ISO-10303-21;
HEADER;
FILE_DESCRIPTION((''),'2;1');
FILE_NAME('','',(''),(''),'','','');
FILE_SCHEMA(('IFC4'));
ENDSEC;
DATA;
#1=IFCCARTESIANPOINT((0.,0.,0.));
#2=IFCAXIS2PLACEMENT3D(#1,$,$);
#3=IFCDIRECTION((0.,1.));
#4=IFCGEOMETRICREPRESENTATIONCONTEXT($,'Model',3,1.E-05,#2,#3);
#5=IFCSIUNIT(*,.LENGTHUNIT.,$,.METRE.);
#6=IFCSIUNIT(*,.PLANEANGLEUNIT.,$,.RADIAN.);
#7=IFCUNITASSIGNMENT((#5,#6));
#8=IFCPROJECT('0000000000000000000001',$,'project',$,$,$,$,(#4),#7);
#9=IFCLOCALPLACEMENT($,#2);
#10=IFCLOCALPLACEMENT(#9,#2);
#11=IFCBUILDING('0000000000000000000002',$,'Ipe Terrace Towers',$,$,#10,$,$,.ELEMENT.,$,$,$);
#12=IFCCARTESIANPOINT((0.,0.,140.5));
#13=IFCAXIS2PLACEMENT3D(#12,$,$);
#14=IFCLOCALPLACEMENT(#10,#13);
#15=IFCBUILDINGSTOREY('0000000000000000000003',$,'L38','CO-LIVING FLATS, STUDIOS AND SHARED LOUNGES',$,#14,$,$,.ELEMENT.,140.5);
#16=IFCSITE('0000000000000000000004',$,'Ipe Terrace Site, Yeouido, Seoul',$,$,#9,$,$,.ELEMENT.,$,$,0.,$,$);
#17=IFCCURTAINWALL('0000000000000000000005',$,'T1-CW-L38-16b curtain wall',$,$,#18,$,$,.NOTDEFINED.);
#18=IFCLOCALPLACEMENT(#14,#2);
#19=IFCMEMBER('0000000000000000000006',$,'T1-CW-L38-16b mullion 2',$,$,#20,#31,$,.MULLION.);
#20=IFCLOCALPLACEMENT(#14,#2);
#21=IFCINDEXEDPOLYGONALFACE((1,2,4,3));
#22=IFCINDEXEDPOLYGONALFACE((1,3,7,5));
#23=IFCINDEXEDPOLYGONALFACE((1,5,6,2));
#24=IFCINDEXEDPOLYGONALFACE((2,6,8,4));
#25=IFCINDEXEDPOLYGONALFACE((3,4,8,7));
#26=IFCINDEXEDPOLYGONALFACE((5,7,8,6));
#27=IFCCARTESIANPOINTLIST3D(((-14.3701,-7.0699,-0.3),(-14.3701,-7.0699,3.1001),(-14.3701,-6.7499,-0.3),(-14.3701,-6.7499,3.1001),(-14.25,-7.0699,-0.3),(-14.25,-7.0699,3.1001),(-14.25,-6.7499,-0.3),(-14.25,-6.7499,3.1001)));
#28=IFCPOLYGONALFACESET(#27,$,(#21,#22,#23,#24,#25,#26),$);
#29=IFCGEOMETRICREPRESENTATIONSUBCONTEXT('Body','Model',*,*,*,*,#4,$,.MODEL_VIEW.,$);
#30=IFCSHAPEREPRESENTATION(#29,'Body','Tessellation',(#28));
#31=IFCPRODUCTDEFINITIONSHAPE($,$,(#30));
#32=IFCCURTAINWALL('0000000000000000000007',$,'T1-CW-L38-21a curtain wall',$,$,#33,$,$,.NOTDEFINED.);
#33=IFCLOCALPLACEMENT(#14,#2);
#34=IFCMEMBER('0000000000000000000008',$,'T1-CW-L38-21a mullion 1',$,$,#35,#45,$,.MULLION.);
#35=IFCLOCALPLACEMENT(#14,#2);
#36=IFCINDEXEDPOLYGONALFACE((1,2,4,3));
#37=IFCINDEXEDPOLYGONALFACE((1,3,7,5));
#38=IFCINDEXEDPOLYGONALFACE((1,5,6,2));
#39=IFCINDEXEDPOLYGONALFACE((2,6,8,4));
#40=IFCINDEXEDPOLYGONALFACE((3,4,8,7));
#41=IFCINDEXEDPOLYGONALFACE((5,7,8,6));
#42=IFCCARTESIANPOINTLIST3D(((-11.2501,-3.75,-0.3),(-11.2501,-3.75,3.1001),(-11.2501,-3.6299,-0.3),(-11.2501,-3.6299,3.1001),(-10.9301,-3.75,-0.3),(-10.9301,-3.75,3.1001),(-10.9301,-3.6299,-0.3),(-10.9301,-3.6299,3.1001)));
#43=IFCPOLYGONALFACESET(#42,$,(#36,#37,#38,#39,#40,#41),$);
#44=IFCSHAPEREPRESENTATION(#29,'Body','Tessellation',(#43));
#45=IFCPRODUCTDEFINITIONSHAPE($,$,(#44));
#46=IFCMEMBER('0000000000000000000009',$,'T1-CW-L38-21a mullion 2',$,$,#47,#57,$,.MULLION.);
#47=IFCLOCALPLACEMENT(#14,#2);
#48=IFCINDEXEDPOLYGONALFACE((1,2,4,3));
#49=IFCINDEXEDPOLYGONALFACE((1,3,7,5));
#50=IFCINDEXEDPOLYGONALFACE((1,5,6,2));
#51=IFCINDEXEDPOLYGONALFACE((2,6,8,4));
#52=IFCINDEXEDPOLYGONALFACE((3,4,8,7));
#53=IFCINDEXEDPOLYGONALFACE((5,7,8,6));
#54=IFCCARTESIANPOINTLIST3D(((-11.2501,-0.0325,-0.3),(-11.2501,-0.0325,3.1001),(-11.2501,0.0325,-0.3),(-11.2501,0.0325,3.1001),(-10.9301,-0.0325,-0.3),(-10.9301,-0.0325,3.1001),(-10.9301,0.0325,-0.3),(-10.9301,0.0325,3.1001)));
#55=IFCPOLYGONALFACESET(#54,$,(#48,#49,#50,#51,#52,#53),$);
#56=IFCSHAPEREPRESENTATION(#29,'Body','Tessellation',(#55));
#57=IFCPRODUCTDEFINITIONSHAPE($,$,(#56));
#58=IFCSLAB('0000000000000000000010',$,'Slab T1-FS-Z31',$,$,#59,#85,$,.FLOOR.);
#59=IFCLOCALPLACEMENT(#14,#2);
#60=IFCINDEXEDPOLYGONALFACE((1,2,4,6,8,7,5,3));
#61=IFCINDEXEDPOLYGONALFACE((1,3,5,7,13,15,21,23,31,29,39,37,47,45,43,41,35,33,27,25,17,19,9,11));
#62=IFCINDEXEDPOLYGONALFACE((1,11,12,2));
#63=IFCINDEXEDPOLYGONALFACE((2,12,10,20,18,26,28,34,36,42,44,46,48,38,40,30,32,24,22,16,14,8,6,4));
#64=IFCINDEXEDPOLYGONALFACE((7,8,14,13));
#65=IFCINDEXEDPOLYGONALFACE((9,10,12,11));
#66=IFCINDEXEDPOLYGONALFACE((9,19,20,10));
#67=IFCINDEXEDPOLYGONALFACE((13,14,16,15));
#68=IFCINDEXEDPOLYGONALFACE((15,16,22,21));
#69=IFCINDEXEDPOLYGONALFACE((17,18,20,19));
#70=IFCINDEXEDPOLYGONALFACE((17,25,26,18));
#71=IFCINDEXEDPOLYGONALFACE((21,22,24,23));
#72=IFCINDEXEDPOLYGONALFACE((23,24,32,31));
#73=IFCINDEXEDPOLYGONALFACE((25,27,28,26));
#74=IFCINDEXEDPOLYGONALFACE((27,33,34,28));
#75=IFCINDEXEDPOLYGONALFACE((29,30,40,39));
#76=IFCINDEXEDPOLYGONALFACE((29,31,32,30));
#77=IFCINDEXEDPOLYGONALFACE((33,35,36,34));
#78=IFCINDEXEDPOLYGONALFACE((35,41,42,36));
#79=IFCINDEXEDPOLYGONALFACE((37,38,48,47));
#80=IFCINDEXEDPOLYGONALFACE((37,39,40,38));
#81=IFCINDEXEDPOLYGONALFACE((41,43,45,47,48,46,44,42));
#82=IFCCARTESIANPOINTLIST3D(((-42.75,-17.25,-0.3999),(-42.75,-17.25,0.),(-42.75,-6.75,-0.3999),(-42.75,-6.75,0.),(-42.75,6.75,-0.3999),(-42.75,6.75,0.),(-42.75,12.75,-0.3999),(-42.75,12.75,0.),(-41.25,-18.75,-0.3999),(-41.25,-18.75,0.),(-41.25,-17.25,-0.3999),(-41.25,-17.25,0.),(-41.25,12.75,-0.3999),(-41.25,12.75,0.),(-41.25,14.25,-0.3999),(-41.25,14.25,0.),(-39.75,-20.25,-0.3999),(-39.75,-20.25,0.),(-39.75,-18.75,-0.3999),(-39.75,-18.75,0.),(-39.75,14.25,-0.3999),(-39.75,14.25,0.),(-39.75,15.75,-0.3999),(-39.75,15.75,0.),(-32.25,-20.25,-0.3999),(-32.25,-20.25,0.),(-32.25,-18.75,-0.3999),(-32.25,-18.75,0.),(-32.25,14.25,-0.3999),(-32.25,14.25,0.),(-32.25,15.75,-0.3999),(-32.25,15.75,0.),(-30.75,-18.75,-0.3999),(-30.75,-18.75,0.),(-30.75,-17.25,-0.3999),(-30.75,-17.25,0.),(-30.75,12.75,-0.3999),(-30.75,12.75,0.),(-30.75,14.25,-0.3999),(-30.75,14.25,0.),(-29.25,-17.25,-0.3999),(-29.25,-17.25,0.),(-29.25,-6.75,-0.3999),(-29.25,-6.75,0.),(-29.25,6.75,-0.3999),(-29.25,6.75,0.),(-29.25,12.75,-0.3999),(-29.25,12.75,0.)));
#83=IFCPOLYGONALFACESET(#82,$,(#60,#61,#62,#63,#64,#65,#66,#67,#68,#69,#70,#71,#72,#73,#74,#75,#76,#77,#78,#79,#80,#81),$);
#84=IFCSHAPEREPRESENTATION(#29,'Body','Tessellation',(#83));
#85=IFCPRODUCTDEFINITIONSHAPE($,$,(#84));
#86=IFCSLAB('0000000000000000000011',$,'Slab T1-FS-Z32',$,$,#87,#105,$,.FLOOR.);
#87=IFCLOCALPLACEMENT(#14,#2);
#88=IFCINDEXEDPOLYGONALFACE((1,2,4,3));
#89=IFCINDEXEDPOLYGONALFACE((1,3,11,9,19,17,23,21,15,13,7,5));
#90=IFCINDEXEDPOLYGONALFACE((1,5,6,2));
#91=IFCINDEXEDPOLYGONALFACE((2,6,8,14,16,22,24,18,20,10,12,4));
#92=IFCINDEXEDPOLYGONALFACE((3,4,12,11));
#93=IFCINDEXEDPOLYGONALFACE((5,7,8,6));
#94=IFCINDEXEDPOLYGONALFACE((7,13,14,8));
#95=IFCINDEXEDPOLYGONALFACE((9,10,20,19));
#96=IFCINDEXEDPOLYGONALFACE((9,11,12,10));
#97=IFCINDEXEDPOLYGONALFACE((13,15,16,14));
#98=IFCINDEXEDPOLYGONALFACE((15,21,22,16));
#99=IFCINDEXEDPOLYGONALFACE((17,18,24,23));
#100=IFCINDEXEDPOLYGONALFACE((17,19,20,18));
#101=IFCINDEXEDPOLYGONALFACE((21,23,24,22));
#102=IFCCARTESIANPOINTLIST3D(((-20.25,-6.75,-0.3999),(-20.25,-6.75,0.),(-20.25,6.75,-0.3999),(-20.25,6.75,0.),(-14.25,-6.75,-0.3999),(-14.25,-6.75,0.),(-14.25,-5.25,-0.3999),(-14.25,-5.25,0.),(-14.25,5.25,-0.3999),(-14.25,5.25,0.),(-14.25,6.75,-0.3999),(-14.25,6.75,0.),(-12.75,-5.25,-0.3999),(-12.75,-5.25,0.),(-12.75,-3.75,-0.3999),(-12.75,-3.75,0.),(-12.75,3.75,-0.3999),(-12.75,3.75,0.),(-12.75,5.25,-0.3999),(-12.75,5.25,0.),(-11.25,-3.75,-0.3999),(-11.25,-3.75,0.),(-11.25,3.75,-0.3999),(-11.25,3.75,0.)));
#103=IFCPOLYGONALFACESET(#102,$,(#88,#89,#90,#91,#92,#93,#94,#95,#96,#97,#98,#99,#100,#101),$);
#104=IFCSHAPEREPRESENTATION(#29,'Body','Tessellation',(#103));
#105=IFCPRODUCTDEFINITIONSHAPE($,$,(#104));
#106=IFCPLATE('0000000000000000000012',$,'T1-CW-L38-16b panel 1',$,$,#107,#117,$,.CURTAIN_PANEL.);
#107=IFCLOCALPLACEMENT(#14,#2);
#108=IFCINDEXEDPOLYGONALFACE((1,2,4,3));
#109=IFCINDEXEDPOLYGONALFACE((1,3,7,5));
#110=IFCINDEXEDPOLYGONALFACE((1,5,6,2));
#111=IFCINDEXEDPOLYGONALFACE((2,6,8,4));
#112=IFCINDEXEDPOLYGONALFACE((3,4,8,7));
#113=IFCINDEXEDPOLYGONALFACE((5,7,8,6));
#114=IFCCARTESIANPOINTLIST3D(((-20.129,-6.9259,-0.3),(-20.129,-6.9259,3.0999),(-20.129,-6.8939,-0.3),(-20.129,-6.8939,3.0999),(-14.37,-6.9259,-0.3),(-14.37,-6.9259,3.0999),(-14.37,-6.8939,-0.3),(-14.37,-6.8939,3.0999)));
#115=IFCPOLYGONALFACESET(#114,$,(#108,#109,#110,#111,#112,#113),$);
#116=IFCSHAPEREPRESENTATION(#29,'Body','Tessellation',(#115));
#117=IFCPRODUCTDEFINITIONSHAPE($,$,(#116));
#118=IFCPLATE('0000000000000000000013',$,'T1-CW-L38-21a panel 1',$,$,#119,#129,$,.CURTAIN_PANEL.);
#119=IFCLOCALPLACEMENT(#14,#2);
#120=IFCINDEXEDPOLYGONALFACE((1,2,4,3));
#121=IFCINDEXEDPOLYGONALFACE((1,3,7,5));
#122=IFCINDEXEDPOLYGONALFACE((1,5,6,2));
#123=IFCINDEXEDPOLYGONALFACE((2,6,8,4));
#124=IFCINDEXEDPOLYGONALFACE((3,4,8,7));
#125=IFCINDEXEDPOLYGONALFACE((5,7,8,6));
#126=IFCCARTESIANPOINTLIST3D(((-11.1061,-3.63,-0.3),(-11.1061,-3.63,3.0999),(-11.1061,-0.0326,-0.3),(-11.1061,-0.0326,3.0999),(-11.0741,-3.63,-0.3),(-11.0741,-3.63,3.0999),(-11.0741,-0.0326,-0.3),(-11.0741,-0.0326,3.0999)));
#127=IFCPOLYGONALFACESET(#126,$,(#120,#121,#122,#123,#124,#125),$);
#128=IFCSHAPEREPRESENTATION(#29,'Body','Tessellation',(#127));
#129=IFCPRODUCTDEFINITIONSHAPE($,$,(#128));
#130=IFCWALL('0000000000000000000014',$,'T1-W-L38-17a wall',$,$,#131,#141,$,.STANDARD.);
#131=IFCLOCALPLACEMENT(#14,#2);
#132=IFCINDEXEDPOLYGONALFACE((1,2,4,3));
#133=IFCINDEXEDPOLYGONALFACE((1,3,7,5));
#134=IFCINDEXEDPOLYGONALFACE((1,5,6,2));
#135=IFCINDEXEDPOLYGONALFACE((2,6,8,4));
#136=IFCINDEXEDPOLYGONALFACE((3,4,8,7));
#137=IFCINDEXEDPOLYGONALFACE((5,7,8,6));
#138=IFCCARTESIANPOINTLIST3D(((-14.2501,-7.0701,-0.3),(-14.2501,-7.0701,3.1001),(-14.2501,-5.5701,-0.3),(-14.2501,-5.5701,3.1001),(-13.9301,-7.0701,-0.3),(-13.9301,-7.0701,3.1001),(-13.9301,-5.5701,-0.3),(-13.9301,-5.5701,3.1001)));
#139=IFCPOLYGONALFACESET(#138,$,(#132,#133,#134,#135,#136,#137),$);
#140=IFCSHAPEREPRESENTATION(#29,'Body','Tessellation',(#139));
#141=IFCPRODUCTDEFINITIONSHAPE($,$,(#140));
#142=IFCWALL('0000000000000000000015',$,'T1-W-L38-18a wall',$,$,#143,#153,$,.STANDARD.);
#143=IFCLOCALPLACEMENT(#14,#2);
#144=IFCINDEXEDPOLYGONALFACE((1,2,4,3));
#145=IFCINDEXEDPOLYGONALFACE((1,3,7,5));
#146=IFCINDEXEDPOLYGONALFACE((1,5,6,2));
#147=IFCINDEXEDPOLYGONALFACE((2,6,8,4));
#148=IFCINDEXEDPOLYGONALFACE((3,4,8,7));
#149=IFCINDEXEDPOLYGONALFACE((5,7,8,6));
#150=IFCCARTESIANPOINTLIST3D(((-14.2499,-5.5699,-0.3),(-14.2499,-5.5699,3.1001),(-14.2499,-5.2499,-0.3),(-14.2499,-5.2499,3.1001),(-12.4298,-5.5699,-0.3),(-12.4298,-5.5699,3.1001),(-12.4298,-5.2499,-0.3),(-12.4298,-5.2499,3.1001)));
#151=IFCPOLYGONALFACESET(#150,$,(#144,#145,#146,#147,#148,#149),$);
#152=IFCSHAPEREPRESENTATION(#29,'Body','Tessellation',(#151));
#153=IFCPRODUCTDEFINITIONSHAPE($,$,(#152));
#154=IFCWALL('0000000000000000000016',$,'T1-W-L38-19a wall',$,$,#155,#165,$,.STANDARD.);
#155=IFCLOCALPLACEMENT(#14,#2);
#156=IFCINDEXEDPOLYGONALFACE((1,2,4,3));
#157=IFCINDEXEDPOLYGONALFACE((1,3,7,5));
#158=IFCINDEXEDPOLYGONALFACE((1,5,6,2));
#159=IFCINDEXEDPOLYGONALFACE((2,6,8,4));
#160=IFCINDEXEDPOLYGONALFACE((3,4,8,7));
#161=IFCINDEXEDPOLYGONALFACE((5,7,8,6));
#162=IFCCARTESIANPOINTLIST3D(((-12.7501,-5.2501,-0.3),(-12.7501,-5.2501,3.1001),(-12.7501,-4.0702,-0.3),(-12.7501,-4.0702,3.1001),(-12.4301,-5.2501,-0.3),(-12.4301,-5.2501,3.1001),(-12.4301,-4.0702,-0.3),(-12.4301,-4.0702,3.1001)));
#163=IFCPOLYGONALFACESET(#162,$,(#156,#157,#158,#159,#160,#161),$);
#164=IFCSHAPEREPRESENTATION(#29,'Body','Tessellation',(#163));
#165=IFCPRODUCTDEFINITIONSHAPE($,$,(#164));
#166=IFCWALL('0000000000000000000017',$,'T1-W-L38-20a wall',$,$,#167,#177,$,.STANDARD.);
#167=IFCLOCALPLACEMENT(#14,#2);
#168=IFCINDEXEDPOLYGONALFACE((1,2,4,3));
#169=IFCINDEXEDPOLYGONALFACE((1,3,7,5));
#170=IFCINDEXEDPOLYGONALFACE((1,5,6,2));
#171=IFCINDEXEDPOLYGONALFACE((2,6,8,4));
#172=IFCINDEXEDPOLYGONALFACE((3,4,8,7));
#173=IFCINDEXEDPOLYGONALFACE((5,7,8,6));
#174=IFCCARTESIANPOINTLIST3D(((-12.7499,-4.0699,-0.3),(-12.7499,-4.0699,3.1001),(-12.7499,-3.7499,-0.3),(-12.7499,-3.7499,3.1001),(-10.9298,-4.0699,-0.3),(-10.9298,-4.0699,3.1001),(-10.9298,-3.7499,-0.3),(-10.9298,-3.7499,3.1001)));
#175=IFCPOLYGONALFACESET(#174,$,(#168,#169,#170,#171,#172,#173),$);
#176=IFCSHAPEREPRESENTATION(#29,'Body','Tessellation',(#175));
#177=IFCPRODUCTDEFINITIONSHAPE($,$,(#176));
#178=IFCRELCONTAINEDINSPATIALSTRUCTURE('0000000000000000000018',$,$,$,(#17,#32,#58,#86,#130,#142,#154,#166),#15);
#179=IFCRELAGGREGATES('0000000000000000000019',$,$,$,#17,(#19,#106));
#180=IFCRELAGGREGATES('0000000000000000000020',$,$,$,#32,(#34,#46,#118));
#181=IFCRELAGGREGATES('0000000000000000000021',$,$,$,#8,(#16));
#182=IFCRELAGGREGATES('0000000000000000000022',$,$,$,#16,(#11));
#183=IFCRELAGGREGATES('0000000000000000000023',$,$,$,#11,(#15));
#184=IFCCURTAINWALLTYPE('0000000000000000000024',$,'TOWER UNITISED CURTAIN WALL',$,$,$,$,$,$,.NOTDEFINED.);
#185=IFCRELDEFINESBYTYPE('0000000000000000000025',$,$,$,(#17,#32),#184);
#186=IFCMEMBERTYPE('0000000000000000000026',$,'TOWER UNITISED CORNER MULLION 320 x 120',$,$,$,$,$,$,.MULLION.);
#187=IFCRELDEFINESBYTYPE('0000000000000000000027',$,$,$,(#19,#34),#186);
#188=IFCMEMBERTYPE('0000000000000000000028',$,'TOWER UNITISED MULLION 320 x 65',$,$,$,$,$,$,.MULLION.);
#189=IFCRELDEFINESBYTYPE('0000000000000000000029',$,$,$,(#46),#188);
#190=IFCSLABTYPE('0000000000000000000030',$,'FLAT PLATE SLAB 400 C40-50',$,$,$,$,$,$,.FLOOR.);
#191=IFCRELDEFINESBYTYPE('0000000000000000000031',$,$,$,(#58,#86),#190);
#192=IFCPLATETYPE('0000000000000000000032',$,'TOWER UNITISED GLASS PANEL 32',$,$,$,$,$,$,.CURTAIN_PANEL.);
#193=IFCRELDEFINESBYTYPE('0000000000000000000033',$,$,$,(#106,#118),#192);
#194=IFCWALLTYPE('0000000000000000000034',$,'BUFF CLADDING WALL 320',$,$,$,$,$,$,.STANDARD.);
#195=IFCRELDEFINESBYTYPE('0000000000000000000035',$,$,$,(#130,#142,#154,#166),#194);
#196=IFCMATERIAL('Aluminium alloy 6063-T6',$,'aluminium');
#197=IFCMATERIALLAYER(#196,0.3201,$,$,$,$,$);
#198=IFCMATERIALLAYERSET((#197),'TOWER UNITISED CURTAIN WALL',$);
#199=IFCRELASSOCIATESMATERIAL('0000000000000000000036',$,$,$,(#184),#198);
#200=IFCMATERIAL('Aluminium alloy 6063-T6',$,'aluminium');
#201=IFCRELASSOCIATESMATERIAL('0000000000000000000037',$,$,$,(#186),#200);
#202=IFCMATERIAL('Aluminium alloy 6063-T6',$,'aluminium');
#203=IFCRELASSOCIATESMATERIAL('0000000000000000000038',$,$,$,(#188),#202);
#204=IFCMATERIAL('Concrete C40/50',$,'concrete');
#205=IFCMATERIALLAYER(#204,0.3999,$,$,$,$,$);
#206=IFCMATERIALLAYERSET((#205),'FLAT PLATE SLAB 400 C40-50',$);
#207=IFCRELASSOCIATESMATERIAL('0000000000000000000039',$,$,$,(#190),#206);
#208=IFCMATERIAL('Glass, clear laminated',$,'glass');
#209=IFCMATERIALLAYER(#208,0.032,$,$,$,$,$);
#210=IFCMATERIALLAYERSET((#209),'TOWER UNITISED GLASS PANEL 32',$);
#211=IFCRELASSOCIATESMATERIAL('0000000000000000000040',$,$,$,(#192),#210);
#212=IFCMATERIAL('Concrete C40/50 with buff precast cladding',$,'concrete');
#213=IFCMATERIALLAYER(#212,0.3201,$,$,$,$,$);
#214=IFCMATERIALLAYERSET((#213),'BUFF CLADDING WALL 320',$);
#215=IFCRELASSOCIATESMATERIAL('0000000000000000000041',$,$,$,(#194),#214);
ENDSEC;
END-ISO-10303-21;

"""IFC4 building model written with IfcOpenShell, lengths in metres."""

from ifc_helpers import new_model, si_unit, direction, frame, frame_2d, origin, origin_2d, place, context, subcontext, project, spatial, polyline, rectangle, outline, extrude, material, layer, layer_set, material_profile, profile_set, type_object, element, aggregate, save


model = new_model("IFC4")

# Units and contexts
model_context = context("Model", 3, precision=1e-05, world=origin(), true_north=direction((0.0, 1.0)))
body_context = subcontext(model_context, "Body", "Model", "MODEL_VIEW")
ifc_project = project(units=[si_unit("LENGTHUNIT", "METRE"), si_unit("PLANEANGLEUNIT", "RADIAN")], contexts=[model_context])

# Site, building, storey
site_placement = place(None, origin())
site = spatial("IfcSite", under=ifc_project, at=site_placement, Name="Ipe Terrace Site, Yeouido, Seoul", CompositionType="ELEMENT", RefElevation=0.0)
building_placement = place(site_placement, origin())
building = spatial("IfcBuilding", under=site, at=building_placement, Name="Ipe Terrace Towers", CompositionType="ELEMENT")
storey_placement = place(building_placement, frame((0.0, 0.0, 140.5)))
storey = spatial("IfcBuildingStorey", under=building, at=storey_placement, Name="L38", Description="CO-LIVING FLATS, STUDIOS AND SHARED LOUNGES", CompositionType="ELEMENT", Elevation=140.5)

# Curtain walls, members
ifc_material_1 = material(Name="Aluminium alloy 6063-T6", Category="aluminium")
ifc_layer_1 = layer(ifc_material_1, 0.3201)
ifc_layer_set_1 = layer_set([ifc_layer_1], Name="TOWER UNITISED CURTAIN WALL")
curtain_wall_type = type_object("IfcCurtainWallType", Name="TOWER UNITISED CURTAIN WALL", PredefinedType="NOTDEFINED", material=ifc_layer_set_1)
curtain_wall_1_placement = place(storey_placement, origin())
curtain_wall_1 = element("IfcCurtainWall", 1, at=curtain_wall_1_placement, inside=storey, type_object=curtain_wall_type, Name="T1-CW-L38-16b curtain wall", PredefinedType="NOTDEFINED")
ifc_material_2 = material(Name="Aluminium alloy 6063-T6", Category="aluminium")
ifc_material_profile_1 = material_profile(ifc_material_2, rectangle(XDim=0.3201, YDim=0.1201, at=origin_2d()), Name="TOWER UNITISED CORNER MULLION 320 x 120")
ifc_profile_set_1 = profile_set([ifc_material_profile_1], Name="Aluminium alloy 6063-T6")
member_type_1 = type_object("IfcMemberType", Name="TOWER UNITISED CORNER MULLION 320 x 120", PredefinedType="MULLION", material=ifc_profile_set_1)
member_1_placement = place(storey_placement, frame((-14.3101, -6.9099, -0.3), z_axis=(0.0, 0.0, 1.0), x_axis=(0.0, -1.0, 0.0)))
member_1 = element("IfcMember", 2, at=member_1_placement, type_object=member_type_1, Name="T1-CW-L38-16b mullion 2", PredefinedType="MULLION", context=body_context, shape_type="SweptSolid", body=[
    extrude(rectangle(XDim=0.3201, YDim=0.1201, at=origin_2d()), origin(), (0.0, 0.0, 1.0), 3.4001),
])
curtain_wall_2_placement = place(storey_placement, origin())
curtain_wall_2 = element("IfcCurtainWall", 3, at=curtain_wall_2_placement, inside=storey, type_object=curtain_wall_type, Name="T1-CW-L38-21a curtain wall", PredefinedType="NOTDEFINED")
member_2_placement = place(storey_placement, frame((-11.0901, -3.6899, -0.3), z_axis=(0.0, 0.0, 1.0), x_axis=(1.0, 0.0, 0.0)))
member_2 = element("IfcMember", 4, at=member_2_placement, type_object=member_type_1, Name="T1-CW-L38-21a mullion 1", PredefinedType="MULLION", context=body_context, shape_type="SweptSolid", body=[
    extrude(rectangle(XDim=0.3201, YDim=0.1201, at=origin_2d()), origin(), (0.0, 0.0, 1.0), 3.4001),
])
ifc_material_3 = material(Name="Aluminium alloy 6063-T6", Category="aluminium")
ifc_material_profile_2 = material_profile(ifc_material_3, rectangle(XDim=0.3201, YDim=0.0649, at=origin_2d()), Name="TOWER UNITISED MULLION 320 x 65")
ifc_profile_set_2 = profile_set([ifc_material_profile_2], Name="Aluminium alloy 6063-T6")
member_type_2 = type_object("IfcMemberType", Name="TOWER UNITISED MULLION 320 x 65", PredefinedType="MULLION", material=ifc_profile_set_2)
member_3_placement = place(storey_placement, frame((-11.0901, 0.0, -0.3), z_axis=(0.0, 0.0, 1.0), x_axis=(1.0, 0.0, 0.0)))
member_3 = element("IfcMember", 5, at=member_3_placement, type_object=member_type_2, Name="T1-CW-L38-21a mullion 2", PredefinedType="MULLION", context=body_context, shape_type="SweptSolid", body=[
    extrude(rectangle(XDim=0.3201, YDim=0.0649, at=origin_2d()), origin(), (0.0, 0.0, 1.0), 3.4001),
])

# Slabs
ifc_material_4 = material(Name="Concrete C40/50", Category="concrete")
ifc_layer_2 = layer(ifc_material_4, 0.3999)
ifc_layer_set_2 = layer_set([ifc_layer_2], Name="FLAT PLATE SLAB 400 C40-50")
slab_type = type_object("IfcSlabType", Name="FLAT PLATE SLAB 400 C40-50", PredefinedType="FLOOR", material=ifc_layer_set_2)
slab_1_placement = place(storey_placement, frame((0.0, 0.0, -0.3999)))
element("IfcSlab", 6, at=slab_1_placement, inside=storey, type_object=slab_type, Name="Slab T1-FS-Z31", PredefinedType="FLOOR", context=body_context, shape_type="SweptSolid", body=[
    extrude(outline(polyline([(-30.75, -17.25), (-30.75, -18.75), (-32.25, -18.75), (-32.25, -20.25), (-39.75, -20.25), (-39.75, -18.75), (-41.25, -18.75), (-41.25, -17.25), (-42.75, -17.25), (-42.75, -6.75), (-42.75, 6.75), (-42.75, 12.75), (-41.25, 12.75), (-41.25, 14.25), (-39.75, 14.25), (-39.75, 15.75), (-32.25, 15.75), (-32.25, 14.25), (-30.75, 14.25), (-30.75, 12.75), (-29.25, 12.75), (-29.25, 6.75), (-29.25, -6.75), (-29.25, -17.25), (-30.75, -17.25)])), origin(), (0.0, 0.0, 1.0), 0.3999),
])
slab_2_placement = place(storey_placement, frame((0.0, 0.0, -0.3999)))
element("IfcSlab", 7, at=slab_2_placement, inside=storey, type_object=slab_type, Name="Slab T1-FS-Z32", PredefinedType="FLOOR", context=body_context, shape_type="SweptSolid", body=[
    extrude(outline(polyline([(-14.25, 5.25), (-12.75, 5.25), (-12.75, 3.75), (-11.25, 3.75), (-11.25, -3.75), (-12.75, -3.75), (-12.75, -5.25), (-14.25, -5.25), (-14.25, -6.75), (-20.25, -6.75), (-20.25, 6.75), (-14.25, 6.75), (-14.25, 5.25)])), origin(), (0.0, 0.0, 1.0), 0.3999),
])

# Plates
ifc_material_5 = material(Name="Glass, clear laminated", Category="glass")
ifc_layer_3 = layer(ifc_material_5, 0.032)
ifc_layer_set_3 = layer_set([ifc_layer_3], Name="TOWER UNITISED GLASS PANEL 32")
plate_type = type_object("IfcPlateType", Name="TOWER UNITISED GLASS PANEL 32", PredefinedType="CURTAIN_PANEL", material=ifc_layer_set_3)
plate_1_placement = place(storey_placement, frame((-17.2495, -6.9099, -0.3), z_axis=(0.0, 0.0, 1.0), x_axis=(1.0, 0.0, 0.0)))
plate_1 = element("IfcPlate", 8, at=plate_1_placement, type_object=plate_type, Name="T1-CW-L38-16b panel 1", PredefinedType="CURTAIN_PANEL", context=body_context, shape_type="SweptSolid", body=[
    extrude(rectangle(XDim=5.759, YDim=0.032, at=origin_2d()), origin(), (0.0, 0.0, 1.0), 3.3999),
])
aggregate(curtain_wall_1, [member_1, plate_1])
plate_2_placement = place(storey_placement, frame((-11.0901, -1.8313, -0.3), z_axis=(0.0, 0.0, 1.0), x_axis=(0.0, 1.0, 0.0)))
plate_2 = element("IfcPlate", 9, at=plate_2_placement, type_object=plate_type, Name="T1-CW-L38-21a panel 1", PredefinedType="CURTAIN_PANEL", context=body_context, shape_type="SweptSolid", body=[
    extrude(rectangle(XDim=3.5974, YDim=0.032, at=origin_2d()), origin(), (0.0, 0.0, 1.0), 3.3999),
])
aggregate(curtain_wall_2, [member_2, member_3, plate_2])

# Walls
ifc_material_6 = material(Name="Concrete C40/50 with buff precast cladding", Category="concrete")
ifc_layer_4 = layer(ifc_material_6, 0.3201)
ifc_layer_set_4 = layer_set([ifc_layer_4], Name="BUFF CLADDING WALL 320")
wall_type_1 = type_object("IfcWallType", Name="BUFF CLADDING WALL 320", PredefinedType="STANDARD", material=ifc_layer_set_4)
wall_1_placement = place(storey_placement, frame((-14.0901, -7.0701, -0.3), z_axis=(0.0, 0.0, 1.0), x_axis=(0.0, 1.0, 0.0)))
element("IfcWall", 10, at=wall_1_placement, inside=storey, type_object=wall_type_1, Name="T1-W-L38-17a wall", PredefinedType="STANDARD", context=body_context, shape_type="SweptSolid", body=[
    extrude(rectangle(XDim=1.5, YDim=0.3201, at=frame_2d((0.75, 0.0))), origin(), (0.0, 0.0, 1.0), 3.4001),
])
wall_2_placement = place(storey_placement, frame((-14.25, -5.4099, -0.3), z_axis=(0.0, 0.0, 1.0), x_axis=(1.0, 0.0, 0.0)))
element("IfcWall", 11, at=wall_2_placement, inside=storey, type_object=wall_type_1, Name="T1-W-L38-18a wall", PredefinedType="STANDARD", context=body_context, shape_type="SweptSolid", body=[
    extrude(rectangle(XDim=1.8201, YDim=0.3201, at=frame_2d((0.9102, 0.0))), origin(), (0.0, 0.0, 1.0), 3.4001),
])
wall_3_placement = place(storey_placement, frame((-12.5901, -5.25, -0.3), z_axis=(0.0, 0.0, 1.0), x_axis=(0.0, 1.0, 0.0)))
element("IfcWall", 12, at=wall_3_placement, inside=storey, type_object=wall_type_1, Name="T1-W-L38-19a wall", PredefinedType="STANDARD", context=body_context, shape_type="SweptSolid", body=[
    extrude(rectangle(XDim=1.1799, YDim=0.3201, at=frame_2d((0.5898, 0.0))), origin(), (0.0, 0.0, 1.0), 3.4001),
])
wall_4_placement = place(storey_placement, frame((-12.75, -3.9099, -0.3), z_axis=(0.0, 0.0, 1.0), x_axis=(1.0, 0.0, 0.0)))
element("IfcWall", 13, at=wall_4_placement, inside=storey, type_object=wall_type_1, Name="T1-W-L38-20a wall", PredefinedType="STANDARD", context=body_context, shape_type="SweptSolid", body=[
    extrude(rectangle(XDim=1.8201, YDim=0.3201, at=frame_2d((0.9102, 0.0))), origin(), (0.0, 0.0, 1.0), 3.4001),
])

save(model, "model.ifc")
